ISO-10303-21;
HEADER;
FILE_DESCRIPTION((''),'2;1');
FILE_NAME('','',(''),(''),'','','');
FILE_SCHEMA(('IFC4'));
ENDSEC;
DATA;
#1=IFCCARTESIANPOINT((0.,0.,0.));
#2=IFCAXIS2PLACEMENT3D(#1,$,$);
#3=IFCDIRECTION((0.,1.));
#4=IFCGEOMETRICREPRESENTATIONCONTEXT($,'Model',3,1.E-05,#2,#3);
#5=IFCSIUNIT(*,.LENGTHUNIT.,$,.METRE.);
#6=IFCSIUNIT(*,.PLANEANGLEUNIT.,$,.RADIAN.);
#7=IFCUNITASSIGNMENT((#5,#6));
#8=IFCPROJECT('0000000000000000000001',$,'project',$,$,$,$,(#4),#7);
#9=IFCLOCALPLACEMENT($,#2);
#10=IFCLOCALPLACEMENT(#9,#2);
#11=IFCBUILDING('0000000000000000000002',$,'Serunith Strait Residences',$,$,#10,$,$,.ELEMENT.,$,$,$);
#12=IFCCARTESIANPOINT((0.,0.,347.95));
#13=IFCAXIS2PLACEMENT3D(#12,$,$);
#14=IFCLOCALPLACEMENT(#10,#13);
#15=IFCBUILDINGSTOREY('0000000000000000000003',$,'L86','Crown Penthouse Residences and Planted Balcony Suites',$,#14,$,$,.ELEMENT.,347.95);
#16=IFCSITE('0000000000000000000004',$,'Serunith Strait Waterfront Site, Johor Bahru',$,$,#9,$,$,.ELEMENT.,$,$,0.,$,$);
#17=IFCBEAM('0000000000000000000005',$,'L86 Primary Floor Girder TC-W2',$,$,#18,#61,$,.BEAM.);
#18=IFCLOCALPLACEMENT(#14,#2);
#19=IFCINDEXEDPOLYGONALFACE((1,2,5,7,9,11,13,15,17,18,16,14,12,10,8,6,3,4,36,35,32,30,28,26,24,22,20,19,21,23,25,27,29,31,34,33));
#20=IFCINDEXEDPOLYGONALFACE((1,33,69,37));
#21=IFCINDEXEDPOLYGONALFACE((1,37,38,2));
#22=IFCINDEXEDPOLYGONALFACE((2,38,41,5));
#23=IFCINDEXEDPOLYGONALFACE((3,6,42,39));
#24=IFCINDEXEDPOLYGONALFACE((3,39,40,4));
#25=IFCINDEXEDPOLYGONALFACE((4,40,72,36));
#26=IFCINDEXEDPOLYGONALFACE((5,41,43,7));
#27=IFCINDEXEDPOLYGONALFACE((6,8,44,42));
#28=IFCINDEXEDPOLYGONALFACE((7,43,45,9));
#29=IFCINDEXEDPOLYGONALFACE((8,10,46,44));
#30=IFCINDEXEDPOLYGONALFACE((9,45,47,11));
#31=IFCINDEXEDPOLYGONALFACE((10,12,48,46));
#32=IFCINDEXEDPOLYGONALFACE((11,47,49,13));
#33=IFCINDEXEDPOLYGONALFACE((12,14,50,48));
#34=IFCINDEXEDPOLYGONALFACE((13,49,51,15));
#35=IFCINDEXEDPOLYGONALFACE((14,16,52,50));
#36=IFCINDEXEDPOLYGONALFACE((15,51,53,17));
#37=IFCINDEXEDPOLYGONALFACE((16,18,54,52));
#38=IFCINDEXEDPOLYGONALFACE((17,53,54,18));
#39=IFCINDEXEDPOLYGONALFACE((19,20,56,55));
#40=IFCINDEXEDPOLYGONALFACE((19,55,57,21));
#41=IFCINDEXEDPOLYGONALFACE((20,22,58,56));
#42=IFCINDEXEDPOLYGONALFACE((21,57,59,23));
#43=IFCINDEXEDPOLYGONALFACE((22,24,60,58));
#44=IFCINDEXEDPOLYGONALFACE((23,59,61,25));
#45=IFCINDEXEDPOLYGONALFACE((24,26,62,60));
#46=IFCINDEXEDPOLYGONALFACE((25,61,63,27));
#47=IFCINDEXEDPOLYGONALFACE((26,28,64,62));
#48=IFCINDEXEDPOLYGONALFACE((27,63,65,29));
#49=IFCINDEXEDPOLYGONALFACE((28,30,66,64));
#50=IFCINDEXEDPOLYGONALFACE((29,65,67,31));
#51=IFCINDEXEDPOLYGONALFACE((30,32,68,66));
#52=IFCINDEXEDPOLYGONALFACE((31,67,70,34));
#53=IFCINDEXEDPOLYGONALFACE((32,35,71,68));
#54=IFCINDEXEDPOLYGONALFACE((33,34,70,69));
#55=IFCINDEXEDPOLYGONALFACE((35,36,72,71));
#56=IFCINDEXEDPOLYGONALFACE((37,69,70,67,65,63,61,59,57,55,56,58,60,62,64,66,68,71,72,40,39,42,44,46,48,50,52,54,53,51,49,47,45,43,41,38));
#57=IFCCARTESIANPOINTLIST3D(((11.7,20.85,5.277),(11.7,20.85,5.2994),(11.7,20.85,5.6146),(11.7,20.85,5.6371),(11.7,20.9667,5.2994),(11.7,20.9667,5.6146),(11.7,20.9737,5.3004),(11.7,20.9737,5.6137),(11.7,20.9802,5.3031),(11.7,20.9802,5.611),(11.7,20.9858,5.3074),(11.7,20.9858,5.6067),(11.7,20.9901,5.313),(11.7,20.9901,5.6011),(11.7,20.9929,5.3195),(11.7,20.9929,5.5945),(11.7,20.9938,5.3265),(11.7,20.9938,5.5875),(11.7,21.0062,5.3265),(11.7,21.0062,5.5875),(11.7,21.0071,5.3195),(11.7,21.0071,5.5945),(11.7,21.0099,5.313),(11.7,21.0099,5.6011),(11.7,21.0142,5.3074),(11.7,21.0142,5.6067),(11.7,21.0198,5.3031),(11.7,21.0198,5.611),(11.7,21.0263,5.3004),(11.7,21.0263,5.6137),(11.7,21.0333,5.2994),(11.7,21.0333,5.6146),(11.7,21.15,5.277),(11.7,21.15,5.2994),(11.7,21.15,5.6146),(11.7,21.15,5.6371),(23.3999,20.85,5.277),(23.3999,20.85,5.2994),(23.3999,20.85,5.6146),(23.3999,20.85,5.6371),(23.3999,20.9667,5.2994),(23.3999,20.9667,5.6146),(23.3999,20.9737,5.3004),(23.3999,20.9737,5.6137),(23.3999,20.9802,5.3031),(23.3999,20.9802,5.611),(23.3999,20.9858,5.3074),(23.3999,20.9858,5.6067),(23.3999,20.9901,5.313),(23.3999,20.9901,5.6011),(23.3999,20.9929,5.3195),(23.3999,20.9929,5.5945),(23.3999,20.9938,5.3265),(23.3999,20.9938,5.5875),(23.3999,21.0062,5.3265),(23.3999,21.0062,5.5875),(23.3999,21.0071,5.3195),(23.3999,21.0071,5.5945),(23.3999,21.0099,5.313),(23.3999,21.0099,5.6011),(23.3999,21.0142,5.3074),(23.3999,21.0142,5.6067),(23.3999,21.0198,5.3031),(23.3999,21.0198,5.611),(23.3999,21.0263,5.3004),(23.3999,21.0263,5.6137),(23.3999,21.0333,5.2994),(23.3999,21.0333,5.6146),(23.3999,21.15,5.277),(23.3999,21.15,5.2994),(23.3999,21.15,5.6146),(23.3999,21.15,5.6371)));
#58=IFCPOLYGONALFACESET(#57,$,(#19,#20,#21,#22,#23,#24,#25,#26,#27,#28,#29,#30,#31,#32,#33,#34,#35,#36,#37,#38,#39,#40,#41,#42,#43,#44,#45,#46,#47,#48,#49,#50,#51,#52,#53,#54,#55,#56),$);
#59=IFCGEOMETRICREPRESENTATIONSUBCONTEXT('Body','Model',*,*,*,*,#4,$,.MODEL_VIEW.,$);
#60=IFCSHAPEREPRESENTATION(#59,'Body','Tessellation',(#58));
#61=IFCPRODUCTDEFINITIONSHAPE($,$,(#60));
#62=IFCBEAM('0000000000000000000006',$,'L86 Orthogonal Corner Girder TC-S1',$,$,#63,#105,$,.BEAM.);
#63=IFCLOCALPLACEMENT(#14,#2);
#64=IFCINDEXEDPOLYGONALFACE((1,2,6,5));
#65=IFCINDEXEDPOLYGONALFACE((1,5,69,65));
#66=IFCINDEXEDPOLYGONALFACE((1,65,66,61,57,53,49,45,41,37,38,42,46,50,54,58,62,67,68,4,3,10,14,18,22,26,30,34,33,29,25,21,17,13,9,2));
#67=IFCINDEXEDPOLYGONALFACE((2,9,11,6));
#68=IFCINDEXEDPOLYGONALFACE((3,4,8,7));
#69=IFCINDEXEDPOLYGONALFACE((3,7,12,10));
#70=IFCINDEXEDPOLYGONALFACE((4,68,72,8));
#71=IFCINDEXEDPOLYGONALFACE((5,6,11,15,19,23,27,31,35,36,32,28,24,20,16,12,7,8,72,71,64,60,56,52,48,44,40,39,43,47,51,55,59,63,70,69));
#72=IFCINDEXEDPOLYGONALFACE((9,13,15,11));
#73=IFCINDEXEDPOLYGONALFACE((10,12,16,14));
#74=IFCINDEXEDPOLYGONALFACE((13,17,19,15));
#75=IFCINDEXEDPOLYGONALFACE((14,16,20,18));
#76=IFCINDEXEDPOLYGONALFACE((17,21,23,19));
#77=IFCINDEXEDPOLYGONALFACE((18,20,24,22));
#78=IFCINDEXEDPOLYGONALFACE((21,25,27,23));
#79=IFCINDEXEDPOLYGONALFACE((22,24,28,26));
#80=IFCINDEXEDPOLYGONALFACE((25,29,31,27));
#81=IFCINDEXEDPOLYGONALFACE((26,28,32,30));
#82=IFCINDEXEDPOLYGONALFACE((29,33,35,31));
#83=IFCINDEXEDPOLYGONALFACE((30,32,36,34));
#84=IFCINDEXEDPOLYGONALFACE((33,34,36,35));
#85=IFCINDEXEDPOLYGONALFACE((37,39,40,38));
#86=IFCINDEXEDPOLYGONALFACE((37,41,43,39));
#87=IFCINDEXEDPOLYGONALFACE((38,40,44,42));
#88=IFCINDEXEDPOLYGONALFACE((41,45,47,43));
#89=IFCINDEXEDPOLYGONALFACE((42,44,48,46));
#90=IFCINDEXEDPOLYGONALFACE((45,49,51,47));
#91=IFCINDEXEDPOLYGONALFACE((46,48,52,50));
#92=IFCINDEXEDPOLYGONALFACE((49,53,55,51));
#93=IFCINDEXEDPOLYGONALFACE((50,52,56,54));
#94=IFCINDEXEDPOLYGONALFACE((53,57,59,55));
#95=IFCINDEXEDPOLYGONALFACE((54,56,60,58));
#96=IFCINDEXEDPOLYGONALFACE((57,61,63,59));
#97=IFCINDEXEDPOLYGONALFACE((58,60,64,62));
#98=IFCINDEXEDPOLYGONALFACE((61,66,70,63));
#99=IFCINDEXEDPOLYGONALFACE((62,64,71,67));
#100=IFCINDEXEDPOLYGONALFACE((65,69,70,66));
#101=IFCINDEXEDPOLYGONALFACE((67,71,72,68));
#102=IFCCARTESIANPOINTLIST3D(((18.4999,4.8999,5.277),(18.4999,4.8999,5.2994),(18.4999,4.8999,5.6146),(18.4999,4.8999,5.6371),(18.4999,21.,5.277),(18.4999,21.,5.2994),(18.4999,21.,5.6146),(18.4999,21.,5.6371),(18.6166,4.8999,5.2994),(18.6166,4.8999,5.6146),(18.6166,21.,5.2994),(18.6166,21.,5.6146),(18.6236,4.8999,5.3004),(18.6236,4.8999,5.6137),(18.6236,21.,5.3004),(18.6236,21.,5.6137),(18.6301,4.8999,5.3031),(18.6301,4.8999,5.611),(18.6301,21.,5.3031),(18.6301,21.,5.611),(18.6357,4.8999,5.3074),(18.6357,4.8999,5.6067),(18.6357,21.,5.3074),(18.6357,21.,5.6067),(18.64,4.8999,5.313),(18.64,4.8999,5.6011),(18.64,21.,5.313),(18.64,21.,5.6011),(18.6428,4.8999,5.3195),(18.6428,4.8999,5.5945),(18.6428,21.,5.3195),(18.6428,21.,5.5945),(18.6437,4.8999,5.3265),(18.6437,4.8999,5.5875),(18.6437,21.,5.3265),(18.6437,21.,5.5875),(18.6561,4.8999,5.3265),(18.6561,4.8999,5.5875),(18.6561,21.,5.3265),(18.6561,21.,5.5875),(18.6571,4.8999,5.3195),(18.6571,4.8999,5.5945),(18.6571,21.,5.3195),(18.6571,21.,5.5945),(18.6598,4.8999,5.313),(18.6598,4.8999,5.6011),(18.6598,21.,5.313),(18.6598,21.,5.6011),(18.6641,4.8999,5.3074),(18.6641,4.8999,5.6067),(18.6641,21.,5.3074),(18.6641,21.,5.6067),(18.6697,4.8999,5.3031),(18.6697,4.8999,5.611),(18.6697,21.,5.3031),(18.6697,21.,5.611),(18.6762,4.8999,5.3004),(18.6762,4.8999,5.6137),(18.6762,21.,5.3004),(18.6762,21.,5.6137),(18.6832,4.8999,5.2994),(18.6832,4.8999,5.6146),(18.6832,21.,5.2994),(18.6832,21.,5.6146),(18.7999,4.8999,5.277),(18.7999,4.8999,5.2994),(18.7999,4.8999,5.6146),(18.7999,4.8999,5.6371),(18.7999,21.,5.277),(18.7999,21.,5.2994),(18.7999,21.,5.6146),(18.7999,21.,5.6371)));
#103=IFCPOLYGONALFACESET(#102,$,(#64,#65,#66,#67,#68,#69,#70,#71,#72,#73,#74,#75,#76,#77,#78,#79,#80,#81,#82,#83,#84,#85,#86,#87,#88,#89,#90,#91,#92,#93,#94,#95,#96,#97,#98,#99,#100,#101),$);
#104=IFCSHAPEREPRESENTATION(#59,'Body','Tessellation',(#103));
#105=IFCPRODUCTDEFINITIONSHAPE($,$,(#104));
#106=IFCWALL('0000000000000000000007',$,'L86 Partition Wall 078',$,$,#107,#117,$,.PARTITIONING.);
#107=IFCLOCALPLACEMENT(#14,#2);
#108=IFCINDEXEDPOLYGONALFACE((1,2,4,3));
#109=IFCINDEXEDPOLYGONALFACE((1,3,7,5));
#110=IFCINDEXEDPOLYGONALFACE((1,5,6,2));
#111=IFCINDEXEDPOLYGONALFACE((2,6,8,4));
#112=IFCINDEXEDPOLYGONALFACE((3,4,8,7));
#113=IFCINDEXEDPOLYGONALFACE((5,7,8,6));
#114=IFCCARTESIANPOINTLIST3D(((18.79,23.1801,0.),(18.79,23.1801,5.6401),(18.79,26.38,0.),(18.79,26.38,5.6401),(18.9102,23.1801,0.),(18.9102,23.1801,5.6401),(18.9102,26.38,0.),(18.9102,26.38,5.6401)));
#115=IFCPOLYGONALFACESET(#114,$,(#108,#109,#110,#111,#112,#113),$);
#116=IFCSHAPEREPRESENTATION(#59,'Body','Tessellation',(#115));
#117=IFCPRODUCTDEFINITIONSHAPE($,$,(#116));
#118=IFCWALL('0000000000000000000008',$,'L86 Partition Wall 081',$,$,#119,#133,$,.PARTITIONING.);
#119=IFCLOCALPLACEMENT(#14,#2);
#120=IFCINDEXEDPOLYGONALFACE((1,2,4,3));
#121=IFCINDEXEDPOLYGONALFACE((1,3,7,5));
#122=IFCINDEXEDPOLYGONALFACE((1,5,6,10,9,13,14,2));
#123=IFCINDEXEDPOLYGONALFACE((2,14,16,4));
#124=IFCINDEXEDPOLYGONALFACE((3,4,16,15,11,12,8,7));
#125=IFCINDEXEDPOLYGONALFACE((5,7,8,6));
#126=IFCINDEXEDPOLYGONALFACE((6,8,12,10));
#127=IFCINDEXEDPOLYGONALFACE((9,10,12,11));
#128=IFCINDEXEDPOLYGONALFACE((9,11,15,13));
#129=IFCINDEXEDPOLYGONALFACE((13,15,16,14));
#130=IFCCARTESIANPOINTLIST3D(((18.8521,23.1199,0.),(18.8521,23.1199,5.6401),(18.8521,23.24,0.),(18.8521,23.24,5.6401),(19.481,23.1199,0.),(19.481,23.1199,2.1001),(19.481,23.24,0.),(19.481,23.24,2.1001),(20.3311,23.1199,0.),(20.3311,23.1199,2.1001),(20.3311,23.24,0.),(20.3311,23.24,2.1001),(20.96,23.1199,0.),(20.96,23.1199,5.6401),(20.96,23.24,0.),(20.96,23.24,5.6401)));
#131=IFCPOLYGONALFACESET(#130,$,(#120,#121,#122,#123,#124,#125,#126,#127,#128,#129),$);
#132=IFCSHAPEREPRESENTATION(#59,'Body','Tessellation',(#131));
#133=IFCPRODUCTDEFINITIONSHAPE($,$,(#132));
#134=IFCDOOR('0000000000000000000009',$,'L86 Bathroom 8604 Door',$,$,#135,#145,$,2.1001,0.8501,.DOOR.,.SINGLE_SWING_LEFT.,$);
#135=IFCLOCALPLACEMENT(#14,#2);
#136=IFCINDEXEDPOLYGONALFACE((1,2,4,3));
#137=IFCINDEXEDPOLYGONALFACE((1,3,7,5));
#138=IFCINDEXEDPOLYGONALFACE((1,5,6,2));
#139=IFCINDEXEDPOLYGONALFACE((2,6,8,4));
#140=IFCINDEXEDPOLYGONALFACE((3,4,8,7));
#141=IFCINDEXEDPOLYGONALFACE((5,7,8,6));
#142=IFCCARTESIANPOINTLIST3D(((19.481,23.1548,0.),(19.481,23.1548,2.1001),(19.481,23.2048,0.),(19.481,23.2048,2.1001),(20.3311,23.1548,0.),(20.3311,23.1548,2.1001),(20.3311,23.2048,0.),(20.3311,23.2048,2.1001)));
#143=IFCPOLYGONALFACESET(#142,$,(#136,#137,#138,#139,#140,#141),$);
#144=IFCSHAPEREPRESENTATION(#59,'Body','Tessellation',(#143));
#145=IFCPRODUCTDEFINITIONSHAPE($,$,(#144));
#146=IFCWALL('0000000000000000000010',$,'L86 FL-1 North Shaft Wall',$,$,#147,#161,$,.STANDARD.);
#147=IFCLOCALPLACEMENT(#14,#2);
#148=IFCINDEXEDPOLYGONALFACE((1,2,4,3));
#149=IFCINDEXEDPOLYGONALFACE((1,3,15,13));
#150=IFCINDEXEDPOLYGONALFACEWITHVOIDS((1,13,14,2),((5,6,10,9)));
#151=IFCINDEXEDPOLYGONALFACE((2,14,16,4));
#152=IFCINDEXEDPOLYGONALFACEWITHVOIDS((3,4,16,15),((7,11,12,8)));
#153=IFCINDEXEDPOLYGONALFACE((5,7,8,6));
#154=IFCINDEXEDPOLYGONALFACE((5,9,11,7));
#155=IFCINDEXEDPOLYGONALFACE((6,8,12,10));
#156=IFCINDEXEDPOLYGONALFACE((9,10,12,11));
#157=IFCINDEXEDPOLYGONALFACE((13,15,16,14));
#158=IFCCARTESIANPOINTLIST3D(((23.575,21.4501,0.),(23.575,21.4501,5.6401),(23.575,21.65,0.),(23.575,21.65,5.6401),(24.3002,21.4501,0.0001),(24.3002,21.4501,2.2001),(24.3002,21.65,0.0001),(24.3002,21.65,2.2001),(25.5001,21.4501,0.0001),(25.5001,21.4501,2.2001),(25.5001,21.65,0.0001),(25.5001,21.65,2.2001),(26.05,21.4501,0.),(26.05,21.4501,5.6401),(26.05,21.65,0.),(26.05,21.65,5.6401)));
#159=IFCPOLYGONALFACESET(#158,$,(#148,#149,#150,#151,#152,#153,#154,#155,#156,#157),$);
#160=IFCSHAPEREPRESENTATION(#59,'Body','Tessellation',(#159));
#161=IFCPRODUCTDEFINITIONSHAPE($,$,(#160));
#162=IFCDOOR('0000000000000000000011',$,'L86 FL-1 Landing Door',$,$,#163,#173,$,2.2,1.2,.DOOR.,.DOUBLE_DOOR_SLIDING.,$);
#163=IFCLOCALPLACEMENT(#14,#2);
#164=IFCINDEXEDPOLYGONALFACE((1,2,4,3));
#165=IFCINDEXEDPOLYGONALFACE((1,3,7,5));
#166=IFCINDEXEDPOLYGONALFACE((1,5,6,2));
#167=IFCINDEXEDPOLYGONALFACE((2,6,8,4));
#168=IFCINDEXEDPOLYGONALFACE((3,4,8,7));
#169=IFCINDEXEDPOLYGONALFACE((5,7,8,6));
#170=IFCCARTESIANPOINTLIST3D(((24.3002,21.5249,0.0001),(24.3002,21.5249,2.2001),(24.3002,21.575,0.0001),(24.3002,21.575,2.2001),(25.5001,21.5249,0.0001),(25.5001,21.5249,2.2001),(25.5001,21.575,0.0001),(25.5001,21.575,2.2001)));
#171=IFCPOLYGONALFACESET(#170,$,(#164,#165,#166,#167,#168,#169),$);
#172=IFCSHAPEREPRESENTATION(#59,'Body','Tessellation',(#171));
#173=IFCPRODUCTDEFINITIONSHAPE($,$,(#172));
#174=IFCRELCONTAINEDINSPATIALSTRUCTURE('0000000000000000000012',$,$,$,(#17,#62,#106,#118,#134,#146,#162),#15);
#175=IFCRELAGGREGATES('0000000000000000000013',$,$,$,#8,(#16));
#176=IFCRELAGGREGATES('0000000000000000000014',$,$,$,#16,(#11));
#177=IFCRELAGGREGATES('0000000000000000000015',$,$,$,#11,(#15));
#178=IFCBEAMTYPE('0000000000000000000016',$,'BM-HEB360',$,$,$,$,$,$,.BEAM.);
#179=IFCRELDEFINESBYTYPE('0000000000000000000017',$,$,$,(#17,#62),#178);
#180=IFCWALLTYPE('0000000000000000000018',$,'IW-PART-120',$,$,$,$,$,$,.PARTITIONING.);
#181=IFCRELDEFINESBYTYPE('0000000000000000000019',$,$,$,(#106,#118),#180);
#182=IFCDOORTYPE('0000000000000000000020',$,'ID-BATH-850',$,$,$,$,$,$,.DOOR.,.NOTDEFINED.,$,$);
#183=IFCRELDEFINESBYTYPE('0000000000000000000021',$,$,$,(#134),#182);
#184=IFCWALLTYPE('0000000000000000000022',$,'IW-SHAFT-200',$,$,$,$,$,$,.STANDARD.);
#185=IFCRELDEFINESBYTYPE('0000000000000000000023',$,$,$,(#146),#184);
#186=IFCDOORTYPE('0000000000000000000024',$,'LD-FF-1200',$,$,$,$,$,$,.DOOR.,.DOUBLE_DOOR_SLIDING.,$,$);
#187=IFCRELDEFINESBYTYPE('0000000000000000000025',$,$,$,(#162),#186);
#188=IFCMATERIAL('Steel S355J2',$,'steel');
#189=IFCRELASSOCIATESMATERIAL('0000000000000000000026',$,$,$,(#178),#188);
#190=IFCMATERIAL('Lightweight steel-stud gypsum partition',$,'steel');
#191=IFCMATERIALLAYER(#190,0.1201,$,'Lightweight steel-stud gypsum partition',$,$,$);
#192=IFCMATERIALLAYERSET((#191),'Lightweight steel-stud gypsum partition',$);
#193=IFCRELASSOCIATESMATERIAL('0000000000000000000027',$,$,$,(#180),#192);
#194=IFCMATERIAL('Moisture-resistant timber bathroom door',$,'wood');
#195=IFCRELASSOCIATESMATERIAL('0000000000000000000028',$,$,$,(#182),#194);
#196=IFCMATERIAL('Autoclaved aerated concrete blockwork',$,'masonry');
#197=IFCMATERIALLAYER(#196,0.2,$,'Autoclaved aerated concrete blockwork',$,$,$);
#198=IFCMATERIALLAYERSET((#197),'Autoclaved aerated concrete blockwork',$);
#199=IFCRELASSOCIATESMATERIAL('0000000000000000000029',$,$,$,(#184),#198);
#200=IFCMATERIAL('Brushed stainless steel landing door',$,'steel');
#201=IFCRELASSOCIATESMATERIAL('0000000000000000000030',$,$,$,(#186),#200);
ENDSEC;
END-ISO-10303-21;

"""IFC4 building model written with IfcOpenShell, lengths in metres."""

from ifc_helpers import new_model, si_unit, direction, frame, frame_2d, origin, origin_2d, place, context, subcontext, project, spatial, rectangle, i_section, extrude, source, transform, mapped, material, layer, layer_set, material_profile, profile_set, type_object, element, fill, save


model = new_model("IFC4")

# Units and contexts
model_context = context("Model", 3, precision=1e-05, world=origin(), true_north=direction((0.0, 1.0)))
body_context = subcontext(model_context, "Body", "Model", "MODEL_VIEW")
ifc_project = project(units=[si_unit("LENGTHUNIT", "METRE"), si_unit("PLANEANGLEUNIT", "RADIAN")], contexts=[model_context])

# Site, building, storey
site_placement = place(None, origin())
site = spatial("IfcSite", under=ifc_project, at=site_placement, Name="Serunith Strait Waterfront Site, Johor Bahru", CompositionType="ELEMENT", RefElevation=0.0)
building_placement = place(site_placement, origin())
building = spatial("IfcBuilding", under=site, at=building_placement, Name="Serunith Strait Residences", CompositionType="ELEMENT")
storey_placement = place(building_placement, frame((0.0, 0.0, 347.95)))
storey = spatial("IfcBuildingStorey", under=building, at=storey_placement, Name="L86", Description="Crown Penthouse Residences and Planted Balcony Suites", CompositionType="ELEMENT", Elevation=347.95)

# Beams
ifc_material_1 = material(Name="Steel S355J2", Category="steel")
ifc_material_profile = material_profile(ifc_material_1, i_section(OverallWidth=0.3, OverallDepth=0.3601, WebThickness=0.0125, FlangeThickness=0.0225, FilletRadius=0.0271, at=origin_2d()), Name="HEB 360")
ifc_profile_set = profile_set([ifc_material_profile], Name="Steel S355J2")
beam_type = type_object("IfcBeamType", Name="BM-HEB360", PredefinedType="BEAM", material=ifc_profile_set)
shared_shape_1 = source(origin(), body_context, "Body", "SweptSolid", [
    extrude(i_section(OverallWidth=0.3, OverallDepth=0.3601, WebThickness=0.0125, FlangeThickness=0.0225, FilletRadius=0.0271, at=origin_2d()), origin(), (0.0, 0.0, 1.0), 11.7),
])
beam_1_placement = place(storey_placement, frame((23.3999, 21.0, 5.457), z_axis=(-1.0, 0.0, 0.0), x_axis=(0.0, -1.0, 0.0)))
element("IfcBeam", 1, at=beam_1_placement, inside=storey, type_object=beam_type, Name="L86 Primary Floor Girder TC-W2", PredefinedType="BEAM", context=body_context, shape_type="MappedRepresentation", body=[
    mapped(shared_shape_1, transform((0.0, 0.0, 0.0), scale=1.0)),
])
shared_shape_2 = source(origin(), body_context, "Body", "SweptSolid", [
    extrude(i_section(OverallWidth=0.3, OverallDepth=0.3601, WebThickness=0.0125, FlangeThickness=0.0225, FilletRadius=0.0271, at=origin_2d()), origin(), (0.0, 0.0, 1.0), 16.1001),
])
beam_2_placement = place(storey_placement, frame((18.6499, 21.0, 5.457), z_axis=(0.0, -1.0, 0.0), x_axis=(1.0, 0.0, 0.0)))
element("IfcBeam", 2, at=beam_2_placement, inside=storey, type_object=beam_type, Name="L86 Orthogonal Corner Girder TC-S1", PredefinedType="BEAM", context=body_context, shape_type="MappedRepresentation", body=[
    mapped(shared_shape_2, transform((0.0, 0.0, 0.0), scale=1.0)),
])

# Wall
ifc_material_2 = material(Name="Lightweight steel-stud gypsum partition", Category="steel")
ifc_layer_1 = layer(ifc_material_2, 0.1201, Name="Lightweight steel-stud gypsum partition")
ifc_layer_set_1 = layer_set([ifc_layer_1], Name="Lightweight steel-stud gypsum partition")
wall_type_1 = type_object("IfcWallType", Name="IW-PART-120", PredefinedType="PARTITIONING", material=ifc_layer_set_1)
wall_1_placement = place(storey_placement, frame((18.8501, 23.1799, 0.0), z_axis=(0.0, 0.0, 1.0), x_axis=(0.0, 1.0, 0.0)))
element("IfcWall", 3, at=wall_1_placement, inside=storey, type_object=wall_type_1, Name="L86 Partition Wall 078", PredefinedType="PARTITIONING", context=body_context, shape_type="SweptSolid", body=[
    extrude(rectangle(XDim=3.2, YDim=0.1201, at=frame_2d((1.6001, 0.0))), origin(), (0.0, 0.0, 1.0), 5.6401),
])

# Walls, openings, doors
wall_2_placement = place(storey_placement, frame((18.8521, 23.1799, 0.0), z_axis=(0.0, 0.0, 1.0), x_axis=(1.0, 0.0, 0.0)))
wall_2 = element("IfcWall", 4, at=wall_2_placement, inside=storey, type_object=wall_type_1, Name="L86 Partition Wall 081", PredefinedType="PARTITIONING", context=body_context, shape_type="SweptSolid", body=[
    extrude(rectangle(XDim=2.1079, YDim=0.1201, at=frame_2d((1.054, 0.0))), origin(), (0.0, 0.0, 1.0), 5.6401),
])
opening_1_placement = place(wall_2_placement, frame((0.6289, 0.0, 0.0)))
opening_1 = element("IfcOpeningElement", 5, at=opening_1_placement, cuts=wall_2, PredefinedType="OPENING", context=body_context, shape_type="SweptSolid", body=[
    extrude(rectangle(XDim=0.8501, YDim=2.1001, at=frame_2d((0.425, 1.05))), frame((0.0, 0.0701, 0.0), z_axis=(0.0, -1.0, 0.0), x_axis=(1.0, 0.0, 0.0)), (0.0, 0.0, 1.0), 0.1401),
])
ifc_material_3 = material(Name="Moisture-resistant timber bathroom door", Category="wood")
door_type_1 = type_object("IfcDoorType", Name="ID-BATH-850", OperationType="NOTDEFINED", PredefinedType="DOOR", material=ifc_material_3)
shared_shape_3 = source(origin(), body_context, "Body", "SweptSolid", [
    extrude(rectangle(XDim=0.8501, YDim=2.1001, at=frame_2d((0.425, 1.05))), frame((0.0, 0.0249, 0.0), z_axis=(0.0, -1.0, 0.0), x_axis=(1.0, 0.0, 0.0)), (0.0, 0.0, 1.0), 0.05),
])
door_1_placement = place(opening_1_placement, origin())
door_1 = element("IfcDoor", 6, at=door_1_placement, inside=storey, type_object=door_type_1, Name="L86 Bathroom 8604 Door", OperationType="SINGLE_SWING_LEFT", OverallHeight=2.1001, OverallWidth=0.8501, PredefinedType="DOOR", context=body_context, shape_type="MappedRepresentation", body=[
    mapped(shared_shape_3, transform((0.0, 0.0, 0.0), scale=1.0)),
])
fill(opening_1, door_1)
ifc_material_4 = material(Name="Autoclaved aerated concrete blockwork", Category="masonry")
ifc_layer_2 = layer(ifc_material_4, 0.2, Name="Autoclaved aerated concrete blockwork")
ifc_layer_set_2 = layer_set([ifc_layer_2], Name="Autoclaved aerated concrete blockwork")
wall_type_2 = type_object("IfcWallType", Name="IW-SHAFT-200", PredefinedType="STANDARD", material=ifc_layer_set_2)
wall_3_placement = place(storey_placement, frame((23.575, 21.55, 0.0), z_axis=(0.0, 0.0, 1.0), x_axis=(1.0, 0.0, 0.0)))
wall_3 = element("IfcWall", 7, at=wall_3_placement, inside=storey, type_object=wall_type_2, Name="L86 FL-1 North Shaft Wall", PredefinedType="STANDARD", context=body_context, shape_type="SweptSolid", body=[
    extrude(rectangle(XDim=2.4751, YDim=0.2, at=frame_2d((1.2375, 0.0))), origin(), (0.0, 0.0, 1.0), 5.6401),
])
opening_2_placement = place(wall_3_placement, frame((0.7251, 0.0, 0.0)))
opening_2 = element("IfcOpeningElement", 8, at=opening_2_placement, cuts=wall_3, PredefinedType="OPENING", context=body_context, shape_type="SweptSolid", body=[
    extrude(rectangle(XDim=1.2, YDim=2.2, at=frame_2d((0.6001, 1.1001))), frame((0.0, 0.1099, 0.0), z_axis=(0.0, -1.0, 0.0), x_axis=(1.0, 0.0, 0.0)), (0.0, 0.0, 1.0), 0.22),
])
ifc_material_5 = material(Name="Brushed stainless steel landing door", Category="steel")
door_type_2 = type_object("IfcDoorType", Name="LD-FF-1200", OperationType="DOUBLE_DOOR_SLIDING", PredefinedType="DOOR", material=ifc_material_5)
shared_shape_4 = source(origin(), body_context, "Body", "SweptSolid", [
    extrude(rectangle(XDim=1.2, YDim=2.2, at=frame_2d((0.6001, 1.1001))), frame((0.0, 0.0249, 0.0), z_axis=(0.0, -1.0, 0.0), x_axis=(1.0, 0.0, 0.0)), (0.0, 0.0, 1.0), 0.05),
])
door_2_placement = place(opening_2_placement, origin())
door_2 = element("IfcDoor", 9, at=door_2_placement, inside=storey, type_object=door_type_2, Name="L86 FL-1 Landing Door", OperationType="DOUBLE_DOOR_SLIDING", OverallHeight=2.2, OverallWidth=1.2, PredefinedType="DOOR", context=body_context, shape_type="MappedRepresentation", body=[
    mapped(shared_shape_4, transform((0.0, 0.0, 0.0), scale=1.0)),
])
fill(opening_2, door_2)

save(model, "model.ifc")
